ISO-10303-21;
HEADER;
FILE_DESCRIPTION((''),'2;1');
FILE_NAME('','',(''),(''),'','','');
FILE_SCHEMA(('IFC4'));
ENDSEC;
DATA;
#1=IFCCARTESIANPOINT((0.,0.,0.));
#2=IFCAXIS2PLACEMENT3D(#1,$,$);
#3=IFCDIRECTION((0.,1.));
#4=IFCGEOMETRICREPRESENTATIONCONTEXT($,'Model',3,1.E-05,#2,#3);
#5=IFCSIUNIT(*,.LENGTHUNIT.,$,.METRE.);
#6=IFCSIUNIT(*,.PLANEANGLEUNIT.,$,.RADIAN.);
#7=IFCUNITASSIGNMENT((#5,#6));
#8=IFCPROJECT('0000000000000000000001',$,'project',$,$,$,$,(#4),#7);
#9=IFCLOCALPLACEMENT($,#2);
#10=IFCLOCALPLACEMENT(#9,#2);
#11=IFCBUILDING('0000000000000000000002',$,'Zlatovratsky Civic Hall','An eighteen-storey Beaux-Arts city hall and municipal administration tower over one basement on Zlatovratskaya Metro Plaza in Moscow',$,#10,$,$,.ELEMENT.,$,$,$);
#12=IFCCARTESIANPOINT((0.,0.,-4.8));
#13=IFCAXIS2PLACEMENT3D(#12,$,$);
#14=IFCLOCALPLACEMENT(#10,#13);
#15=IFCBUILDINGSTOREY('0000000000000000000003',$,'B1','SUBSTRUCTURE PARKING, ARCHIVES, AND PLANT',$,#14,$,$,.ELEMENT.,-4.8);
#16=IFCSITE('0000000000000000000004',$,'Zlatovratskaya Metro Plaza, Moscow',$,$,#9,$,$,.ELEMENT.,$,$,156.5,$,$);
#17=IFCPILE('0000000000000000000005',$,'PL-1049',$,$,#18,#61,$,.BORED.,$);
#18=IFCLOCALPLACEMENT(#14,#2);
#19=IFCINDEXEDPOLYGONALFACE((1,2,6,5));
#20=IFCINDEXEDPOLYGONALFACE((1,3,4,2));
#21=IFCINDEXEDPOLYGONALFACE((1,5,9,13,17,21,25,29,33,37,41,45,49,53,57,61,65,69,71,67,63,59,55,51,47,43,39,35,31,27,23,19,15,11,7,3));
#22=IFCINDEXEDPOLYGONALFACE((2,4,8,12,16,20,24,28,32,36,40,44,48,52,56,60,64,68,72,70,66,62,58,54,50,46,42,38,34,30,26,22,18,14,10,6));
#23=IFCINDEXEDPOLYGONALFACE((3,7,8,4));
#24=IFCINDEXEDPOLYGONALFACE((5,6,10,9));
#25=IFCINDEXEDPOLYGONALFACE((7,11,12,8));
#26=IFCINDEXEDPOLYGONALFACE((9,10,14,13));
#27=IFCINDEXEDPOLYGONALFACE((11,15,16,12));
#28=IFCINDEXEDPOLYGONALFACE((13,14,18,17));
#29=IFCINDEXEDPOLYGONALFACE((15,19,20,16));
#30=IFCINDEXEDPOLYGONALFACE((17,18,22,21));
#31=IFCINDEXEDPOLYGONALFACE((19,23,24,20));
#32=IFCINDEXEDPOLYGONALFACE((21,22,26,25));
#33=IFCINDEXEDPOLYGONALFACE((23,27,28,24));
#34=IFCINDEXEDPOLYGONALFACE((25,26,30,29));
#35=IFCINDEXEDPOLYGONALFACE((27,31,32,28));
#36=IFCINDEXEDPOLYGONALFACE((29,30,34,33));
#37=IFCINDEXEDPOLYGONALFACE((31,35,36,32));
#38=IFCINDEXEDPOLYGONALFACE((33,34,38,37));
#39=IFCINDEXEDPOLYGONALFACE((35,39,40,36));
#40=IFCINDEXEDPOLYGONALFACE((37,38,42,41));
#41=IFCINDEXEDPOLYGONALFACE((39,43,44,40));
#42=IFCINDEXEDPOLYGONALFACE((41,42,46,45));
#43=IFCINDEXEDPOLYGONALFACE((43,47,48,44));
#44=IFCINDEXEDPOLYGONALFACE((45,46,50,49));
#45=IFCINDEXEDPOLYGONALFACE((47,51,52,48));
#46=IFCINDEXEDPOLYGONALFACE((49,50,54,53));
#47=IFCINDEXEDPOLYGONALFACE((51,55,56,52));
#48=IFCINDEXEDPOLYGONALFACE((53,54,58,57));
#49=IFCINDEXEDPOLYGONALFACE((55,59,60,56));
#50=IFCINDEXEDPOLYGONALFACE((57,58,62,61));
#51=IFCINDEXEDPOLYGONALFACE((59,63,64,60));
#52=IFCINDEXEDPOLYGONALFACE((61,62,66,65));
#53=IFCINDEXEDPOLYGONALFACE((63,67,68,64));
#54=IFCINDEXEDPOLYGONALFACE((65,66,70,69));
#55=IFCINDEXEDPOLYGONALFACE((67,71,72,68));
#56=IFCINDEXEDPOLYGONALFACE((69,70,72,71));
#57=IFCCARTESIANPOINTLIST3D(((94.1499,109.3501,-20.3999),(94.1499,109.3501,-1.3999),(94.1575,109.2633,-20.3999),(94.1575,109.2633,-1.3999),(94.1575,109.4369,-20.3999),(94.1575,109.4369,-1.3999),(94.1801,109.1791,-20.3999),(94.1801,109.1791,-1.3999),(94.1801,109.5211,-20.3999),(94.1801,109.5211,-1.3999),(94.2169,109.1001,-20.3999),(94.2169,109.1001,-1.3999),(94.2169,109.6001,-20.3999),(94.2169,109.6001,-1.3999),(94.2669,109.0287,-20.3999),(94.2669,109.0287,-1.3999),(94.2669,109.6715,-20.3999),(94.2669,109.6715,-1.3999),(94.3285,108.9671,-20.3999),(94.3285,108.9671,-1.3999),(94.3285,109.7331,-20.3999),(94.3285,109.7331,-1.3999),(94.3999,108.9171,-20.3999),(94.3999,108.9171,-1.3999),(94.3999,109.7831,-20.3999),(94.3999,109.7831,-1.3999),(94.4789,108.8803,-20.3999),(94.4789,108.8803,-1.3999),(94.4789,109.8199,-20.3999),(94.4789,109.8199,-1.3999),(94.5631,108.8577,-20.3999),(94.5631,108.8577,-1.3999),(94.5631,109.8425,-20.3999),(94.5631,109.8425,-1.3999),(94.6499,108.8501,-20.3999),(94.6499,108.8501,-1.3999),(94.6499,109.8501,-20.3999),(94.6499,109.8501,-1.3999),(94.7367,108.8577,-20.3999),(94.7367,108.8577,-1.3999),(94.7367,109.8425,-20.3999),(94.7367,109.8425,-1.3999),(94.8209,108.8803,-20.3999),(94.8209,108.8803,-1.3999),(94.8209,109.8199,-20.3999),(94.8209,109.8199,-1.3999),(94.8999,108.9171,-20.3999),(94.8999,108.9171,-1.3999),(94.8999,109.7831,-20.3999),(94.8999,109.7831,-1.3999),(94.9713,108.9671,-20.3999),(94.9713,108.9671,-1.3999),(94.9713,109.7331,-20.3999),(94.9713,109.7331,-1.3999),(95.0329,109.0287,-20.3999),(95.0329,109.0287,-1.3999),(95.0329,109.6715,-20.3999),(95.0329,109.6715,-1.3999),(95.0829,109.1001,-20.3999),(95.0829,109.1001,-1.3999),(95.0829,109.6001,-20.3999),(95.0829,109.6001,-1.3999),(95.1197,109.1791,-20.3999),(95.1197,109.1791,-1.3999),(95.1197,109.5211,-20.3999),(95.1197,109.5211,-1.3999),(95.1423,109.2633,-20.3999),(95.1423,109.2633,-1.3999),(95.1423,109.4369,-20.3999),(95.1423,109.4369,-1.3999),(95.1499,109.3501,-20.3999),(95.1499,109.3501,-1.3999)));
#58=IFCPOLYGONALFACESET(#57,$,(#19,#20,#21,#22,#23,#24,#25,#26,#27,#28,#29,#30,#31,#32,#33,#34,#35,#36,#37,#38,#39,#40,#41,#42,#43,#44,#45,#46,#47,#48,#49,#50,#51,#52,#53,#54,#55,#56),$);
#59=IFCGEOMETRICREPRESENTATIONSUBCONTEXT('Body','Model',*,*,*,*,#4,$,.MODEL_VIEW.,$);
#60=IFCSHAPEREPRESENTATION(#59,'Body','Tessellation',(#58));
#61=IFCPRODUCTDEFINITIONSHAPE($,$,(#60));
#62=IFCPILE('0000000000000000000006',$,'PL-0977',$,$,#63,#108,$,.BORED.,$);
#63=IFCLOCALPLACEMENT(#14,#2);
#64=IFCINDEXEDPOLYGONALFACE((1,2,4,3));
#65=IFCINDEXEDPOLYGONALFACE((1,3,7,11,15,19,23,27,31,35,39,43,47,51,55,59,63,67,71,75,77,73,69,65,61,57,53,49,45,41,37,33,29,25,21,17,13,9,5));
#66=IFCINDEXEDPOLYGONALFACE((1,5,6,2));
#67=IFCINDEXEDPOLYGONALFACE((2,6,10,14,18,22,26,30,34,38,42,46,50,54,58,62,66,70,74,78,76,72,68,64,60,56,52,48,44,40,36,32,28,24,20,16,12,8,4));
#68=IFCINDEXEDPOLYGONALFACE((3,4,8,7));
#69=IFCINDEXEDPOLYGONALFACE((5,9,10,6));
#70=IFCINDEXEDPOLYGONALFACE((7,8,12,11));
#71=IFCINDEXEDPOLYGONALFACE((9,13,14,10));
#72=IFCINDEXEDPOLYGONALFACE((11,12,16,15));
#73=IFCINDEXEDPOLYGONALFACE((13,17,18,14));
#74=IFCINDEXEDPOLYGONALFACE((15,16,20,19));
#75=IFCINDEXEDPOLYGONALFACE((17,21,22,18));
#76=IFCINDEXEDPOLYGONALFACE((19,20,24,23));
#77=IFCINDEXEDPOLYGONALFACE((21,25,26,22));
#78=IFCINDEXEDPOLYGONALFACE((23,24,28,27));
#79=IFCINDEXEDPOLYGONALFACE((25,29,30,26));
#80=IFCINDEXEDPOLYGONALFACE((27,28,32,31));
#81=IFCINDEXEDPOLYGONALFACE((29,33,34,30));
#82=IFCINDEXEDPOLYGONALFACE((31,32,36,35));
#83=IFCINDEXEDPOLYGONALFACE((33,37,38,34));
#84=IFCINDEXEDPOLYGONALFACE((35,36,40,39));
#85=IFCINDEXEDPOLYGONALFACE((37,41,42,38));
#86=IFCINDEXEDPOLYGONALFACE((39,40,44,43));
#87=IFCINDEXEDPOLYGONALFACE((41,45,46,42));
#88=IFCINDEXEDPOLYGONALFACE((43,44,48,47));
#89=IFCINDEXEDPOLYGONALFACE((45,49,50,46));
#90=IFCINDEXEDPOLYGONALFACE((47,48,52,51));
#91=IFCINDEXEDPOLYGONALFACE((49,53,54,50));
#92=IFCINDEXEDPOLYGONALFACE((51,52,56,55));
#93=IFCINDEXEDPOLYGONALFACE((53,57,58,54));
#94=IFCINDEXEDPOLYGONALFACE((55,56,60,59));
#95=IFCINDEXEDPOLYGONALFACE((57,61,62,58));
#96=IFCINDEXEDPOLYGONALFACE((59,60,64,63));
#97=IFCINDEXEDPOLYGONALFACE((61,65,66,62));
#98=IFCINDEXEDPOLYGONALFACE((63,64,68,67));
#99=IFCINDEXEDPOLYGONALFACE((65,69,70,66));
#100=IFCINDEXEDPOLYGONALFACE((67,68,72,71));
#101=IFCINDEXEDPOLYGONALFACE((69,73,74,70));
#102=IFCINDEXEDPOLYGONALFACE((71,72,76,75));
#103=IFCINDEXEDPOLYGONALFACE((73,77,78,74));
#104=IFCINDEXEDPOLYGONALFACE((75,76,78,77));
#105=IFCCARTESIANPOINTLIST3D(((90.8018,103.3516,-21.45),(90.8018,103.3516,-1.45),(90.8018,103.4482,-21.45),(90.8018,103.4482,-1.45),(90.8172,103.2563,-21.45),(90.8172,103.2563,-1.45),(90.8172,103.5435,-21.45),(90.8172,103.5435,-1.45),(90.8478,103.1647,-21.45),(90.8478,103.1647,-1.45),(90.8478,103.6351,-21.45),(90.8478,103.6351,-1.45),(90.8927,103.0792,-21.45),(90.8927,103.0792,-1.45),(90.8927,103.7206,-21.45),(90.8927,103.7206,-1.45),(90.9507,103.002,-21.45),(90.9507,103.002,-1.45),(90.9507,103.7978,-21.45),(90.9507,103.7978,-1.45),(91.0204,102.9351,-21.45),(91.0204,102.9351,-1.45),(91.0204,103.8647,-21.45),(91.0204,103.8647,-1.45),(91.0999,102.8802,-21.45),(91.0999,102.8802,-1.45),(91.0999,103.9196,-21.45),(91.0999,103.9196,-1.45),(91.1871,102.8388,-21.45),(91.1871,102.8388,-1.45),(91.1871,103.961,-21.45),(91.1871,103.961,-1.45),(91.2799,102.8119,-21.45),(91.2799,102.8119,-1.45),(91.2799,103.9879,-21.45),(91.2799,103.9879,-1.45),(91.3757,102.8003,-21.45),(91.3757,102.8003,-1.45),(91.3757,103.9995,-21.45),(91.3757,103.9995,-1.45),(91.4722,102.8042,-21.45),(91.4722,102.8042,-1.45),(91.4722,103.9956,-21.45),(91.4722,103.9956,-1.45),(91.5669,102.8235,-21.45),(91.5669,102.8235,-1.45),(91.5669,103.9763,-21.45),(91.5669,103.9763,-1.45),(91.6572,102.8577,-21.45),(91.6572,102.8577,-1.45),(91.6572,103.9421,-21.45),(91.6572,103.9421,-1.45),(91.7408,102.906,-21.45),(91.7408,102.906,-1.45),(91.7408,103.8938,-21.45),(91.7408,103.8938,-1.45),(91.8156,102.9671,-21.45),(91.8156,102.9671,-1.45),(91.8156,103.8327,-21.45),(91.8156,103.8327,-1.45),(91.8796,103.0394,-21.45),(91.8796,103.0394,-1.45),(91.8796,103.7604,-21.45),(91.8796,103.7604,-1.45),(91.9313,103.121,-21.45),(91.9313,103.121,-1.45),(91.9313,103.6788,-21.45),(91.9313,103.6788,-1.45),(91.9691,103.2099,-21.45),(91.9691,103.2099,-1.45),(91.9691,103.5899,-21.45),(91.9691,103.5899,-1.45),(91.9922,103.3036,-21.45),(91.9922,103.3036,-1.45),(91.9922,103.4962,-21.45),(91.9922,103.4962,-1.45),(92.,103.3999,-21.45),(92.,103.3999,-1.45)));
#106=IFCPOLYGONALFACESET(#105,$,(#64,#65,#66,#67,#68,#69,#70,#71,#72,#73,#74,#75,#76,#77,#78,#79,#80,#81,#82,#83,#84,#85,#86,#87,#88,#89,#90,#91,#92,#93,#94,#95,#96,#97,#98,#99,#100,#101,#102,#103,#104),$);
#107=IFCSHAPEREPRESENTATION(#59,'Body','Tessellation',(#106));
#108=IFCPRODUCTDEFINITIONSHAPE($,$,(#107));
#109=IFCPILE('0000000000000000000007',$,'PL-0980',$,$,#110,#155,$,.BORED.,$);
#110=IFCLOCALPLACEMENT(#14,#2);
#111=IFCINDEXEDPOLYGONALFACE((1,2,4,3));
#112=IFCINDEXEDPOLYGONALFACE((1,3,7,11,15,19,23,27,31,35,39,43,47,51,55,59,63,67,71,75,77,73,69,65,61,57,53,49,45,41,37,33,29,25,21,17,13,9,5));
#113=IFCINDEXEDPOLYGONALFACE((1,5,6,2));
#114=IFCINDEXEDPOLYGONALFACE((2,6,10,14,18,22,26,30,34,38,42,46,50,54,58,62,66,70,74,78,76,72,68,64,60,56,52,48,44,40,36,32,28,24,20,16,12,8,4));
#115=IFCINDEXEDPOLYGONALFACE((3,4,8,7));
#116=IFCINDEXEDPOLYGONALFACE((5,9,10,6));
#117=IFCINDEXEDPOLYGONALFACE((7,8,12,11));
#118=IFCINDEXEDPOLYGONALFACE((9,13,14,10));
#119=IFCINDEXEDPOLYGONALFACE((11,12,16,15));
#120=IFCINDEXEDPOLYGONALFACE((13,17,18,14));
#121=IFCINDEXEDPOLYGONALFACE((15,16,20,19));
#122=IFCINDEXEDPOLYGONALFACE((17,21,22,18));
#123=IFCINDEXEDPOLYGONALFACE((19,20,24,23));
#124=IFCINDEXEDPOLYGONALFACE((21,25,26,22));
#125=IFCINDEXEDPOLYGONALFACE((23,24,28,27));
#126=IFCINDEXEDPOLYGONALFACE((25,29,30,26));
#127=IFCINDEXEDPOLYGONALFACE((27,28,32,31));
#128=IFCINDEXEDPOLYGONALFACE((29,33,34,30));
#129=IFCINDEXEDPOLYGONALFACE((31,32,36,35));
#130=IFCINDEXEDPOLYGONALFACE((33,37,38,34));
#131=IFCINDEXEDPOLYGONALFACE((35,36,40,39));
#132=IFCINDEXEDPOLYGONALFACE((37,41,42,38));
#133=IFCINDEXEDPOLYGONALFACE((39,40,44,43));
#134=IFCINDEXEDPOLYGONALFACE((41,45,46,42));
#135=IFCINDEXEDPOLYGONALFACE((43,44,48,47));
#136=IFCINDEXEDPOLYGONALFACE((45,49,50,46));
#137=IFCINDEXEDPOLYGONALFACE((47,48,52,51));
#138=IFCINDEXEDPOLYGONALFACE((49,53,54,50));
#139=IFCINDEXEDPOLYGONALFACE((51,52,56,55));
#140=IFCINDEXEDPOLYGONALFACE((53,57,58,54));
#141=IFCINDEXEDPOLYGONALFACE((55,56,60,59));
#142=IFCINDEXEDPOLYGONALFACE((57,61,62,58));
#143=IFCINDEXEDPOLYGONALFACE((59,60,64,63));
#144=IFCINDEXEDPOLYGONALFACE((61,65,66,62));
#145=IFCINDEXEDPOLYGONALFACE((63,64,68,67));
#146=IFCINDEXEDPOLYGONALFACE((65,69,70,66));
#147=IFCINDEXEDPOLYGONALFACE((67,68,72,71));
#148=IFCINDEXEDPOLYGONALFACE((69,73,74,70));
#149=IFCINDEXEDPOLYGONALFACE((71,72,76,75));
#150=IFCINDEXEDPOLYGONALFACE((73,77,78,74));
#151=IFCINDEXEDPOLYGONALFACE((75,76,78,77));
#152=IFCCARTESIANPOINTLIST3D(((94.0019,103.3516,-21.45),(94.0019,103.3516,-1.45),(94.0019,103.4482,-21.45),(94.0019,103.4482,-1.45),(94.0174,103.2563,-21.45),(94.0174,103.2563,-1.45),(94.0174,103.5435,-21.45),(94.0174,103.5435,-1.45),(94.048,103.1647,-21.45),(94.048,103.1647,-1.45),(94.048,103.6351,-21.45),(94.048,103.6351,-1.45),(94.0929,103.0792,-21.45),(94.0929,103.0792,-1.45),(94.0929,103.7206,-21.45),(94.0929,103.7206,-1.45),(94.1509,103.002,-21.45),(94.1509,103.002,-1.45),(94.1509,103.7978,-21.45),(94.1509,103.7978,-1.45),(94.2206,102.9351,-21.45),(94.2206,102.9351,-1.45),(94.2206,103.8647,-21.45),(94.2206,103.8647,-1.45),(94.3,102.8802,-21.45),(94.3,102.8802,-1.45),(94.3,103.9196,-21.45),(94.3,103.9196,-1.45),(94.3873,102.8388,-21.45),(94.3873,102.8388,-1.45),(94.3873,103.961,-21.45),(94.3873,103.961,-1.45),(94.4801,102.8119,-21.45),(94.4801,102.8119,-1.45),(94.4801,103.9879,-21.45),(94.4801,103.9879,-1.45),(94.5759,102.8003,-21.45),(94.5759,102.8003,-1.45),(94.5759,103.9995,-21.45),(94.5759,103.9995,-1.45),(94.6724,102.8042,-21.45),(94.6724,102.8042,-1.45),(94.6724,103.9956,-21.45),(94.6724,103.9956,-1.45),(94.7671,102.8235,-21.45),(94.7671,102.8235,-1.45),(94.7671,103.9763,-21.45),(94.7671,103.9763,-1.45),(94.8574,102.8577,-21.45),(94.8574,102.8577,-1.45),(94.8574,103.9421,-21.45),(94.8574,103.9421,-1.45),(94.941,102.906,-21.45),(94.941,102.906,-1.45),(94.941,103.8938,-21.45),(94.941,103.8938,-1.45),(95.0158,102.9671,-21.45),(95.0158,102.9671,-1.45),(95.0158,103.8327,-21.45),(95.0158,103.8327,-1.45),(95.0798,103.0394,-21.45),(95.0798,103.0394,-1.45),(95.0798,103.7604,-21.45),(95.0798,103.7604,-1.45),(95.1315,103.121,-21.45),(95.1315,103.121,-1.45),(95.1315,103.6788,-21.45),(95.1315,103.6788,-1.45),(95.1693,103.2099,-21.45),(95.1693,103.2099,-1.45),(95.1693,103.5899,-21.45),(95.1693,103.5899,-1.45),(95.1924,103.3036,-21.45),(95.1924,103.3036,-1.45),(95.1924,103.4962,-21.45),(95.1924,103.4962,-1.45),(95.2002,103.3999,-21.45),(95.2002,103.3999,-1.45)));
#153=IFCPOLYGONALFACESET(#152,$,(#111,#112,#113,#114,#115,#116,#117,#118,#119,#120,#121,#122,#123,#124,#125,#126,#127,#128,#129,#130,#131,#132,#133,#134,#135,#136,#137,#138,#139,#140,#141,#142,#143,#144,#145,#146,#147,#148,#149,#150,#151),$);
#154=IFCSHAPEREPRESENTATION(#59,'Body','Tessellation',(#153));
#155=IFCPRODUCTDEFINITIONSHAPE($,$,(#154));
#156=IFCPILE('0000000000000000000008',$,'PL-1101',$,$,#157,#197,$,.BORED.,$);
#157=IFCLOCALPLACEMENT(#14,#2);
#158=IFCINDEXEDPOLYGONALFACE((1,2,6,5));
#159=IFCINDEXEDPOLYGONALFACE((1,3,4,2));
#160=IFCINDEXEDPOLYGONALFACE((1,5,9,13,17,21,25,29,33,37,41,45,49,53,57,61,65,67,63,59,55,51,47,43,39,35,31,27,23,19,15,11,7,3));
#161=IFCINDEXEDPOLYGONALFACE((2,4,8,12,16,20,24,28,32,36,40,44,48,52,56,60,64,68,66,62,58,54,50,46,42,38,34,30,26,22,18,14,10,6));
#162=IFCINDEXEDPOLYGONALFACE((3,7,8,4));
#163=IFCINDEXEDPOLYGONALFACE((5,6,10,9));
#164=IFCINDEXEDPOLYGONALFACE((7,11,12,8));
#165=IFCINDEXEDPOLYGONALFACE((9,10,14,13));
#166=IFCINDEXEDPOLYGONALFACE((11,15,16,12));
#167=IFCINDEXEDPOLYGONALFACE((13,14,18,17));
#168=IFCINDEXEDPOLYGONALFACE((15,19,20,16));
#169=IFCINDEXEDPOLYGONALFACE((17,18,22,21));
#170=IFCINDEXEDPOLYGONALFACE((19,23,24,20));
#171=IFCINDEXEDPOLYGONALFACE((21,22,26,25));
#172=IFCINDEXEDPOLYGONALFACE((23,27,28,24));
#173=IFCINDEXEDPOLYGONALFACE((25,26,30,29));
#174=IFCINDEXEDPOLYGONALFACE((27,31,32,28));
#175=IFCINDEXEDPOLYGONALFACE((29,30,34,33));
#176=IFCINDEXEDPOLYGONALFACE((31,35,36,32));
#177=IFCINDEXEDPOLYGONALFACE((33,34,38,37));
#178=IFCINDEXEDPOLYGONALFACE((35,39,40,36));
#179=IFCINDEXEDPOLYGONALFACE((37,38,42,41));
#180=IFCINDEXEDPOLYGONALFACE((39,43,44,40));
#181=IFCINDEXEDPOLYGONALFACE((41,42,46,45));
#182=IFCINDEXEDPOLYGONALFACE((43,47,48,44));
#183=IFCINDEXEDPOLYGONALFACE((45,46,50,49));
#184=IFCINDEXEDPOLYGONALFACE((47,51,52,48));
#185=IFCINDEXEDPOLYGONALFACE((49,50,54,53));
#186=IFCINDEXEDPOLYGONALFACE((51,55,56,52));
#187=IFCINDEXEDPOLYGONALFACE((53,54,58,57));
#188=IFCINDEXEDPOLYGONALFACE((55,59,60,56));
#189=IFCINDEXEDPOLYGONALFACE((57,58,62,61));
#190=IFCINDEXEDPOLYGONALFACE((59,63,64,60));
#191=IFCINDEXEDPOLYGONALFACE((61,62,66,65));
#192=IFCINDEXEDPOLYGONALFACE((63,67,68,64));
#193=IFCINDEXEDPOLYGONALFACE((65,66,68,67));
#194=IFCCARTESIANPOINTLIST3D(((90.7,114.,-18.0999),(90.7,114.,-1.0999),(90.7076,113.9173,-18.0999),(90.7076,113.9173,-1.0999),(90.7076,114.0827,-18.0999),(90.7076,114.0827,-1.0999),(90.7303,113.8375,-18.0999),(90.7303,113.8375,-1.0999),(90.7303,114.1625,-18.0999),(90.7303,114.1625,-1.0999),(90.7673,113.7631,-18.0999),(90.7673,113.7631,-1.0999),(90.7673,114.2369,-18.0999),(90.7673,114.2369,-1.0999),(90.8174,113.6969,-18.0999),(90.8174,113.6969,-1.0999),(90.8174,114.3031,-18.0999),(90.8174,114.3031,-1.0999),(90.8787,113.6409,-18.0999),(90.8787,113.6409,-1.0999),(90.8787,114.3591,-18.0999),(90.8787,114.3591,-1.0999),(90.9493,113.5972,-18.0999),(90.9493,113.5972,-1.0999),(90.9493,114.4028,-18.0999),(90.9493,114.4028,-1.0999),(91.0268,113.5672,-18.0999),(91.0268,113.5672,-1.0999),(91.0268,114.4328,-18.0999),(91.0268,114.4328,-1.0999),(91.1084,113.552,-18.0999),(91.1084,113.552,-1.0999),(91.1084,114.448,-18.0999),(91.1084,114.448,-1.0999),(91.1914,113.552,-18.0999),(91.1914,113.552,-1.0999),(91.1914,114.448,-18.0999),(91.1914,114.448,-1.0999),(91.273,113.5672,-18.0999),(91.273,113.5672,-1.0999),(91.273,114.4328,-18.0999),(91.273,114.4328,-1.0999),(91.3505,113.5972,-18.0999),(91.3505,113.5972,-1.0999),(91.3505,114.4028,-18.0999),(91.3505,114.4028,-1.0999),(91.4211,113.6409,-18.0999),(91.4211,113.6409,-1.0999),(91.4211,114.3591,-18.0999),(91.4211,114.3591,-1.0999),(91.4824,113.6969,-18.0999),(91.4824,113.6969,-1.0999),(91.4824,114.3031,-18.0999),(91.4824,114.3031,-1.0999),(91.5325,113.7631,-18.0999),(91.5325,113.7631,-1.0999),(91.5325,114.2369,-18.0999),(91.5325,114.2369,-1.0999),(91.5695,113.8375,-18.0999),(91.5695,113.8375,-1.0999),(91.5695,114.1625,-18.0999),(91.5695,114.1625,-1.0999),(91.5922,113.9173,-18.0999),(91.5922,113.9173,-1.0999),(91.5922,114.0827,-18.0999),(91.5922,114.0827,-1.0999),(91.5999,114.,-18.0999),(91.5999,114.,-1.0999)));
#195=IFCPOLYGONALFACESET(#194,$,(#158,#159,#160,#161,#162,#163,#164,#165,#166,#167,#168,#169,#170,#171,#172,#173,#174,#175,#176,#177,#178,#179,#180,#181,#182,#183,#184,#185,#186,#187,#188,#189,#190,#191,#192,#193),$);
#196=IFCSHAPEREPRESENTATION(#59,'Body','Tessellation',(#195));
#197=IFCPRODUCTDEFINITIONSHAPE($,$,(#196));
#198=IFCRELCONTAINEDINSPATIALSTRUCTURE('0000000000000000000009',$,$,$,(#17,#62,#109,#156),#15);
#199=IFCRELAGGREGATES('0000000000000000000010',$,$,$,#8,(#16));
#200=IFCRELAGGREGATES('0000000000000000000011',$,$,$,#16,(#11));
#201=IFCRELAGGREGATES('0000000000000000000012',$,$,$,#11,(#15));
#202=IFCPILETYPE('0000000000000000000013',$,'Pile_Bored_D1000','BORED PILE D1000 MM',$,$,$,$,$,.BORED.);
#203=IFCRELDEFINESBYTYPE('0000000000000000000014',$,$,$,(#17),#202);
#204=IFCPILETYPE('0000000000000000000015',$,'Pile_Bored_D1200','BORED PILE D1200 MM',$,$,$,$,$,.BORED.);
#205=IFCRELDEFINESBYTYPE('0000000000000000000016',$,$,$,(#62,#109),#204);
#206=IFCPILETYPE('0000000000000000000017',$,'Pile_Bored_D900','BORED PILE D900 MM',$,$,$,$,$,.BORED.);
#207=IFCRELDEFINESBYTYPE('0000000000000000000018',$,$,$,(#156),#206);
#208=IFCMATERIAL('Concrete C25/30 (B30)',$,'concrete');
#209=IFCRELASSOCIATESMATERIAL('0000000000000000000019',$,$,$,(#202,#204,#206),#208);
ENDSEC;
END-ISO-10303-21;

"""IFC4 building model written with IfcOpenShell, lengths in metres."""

from ifc_helpers import new_model, si_unit, direction, frame, origin, origin_2d, place, context, subcontext, project, spatial, circle, extrude, material, material_profile, profile_set, type_object, element, save


model = new_model("IFC4")

# Units and contexts
model_context = context("Model", 3, precision=1e-05, world=origin(), true_north=direction((0.0, 1.0)))
body_context = subcontext(model_context, "Body", "Model", "MODEL_VIEW")
ifc_project = project(units=[si_unit("LENGTHUNIT", "METRE"), si_unit("PLANEANGLEUNIT", "RADIAN")], contexts=[model_context])

# Site, building, storey
site_placement = place(None, origin())
site = spatial("IfcSite", under=ifc_project, at=site_placement, Name="Zlatovratskaya Metro Plaza, Moscow", CompositionType="ELEMENT", RefElevation=156.5)
building_placement = place(site_placement, origin())
building = spatial("IfcBuilding", under=site, at=building_placement, Name="Zlatovratsky Civic Hall", Description="An eighteen-storey Beaux-Arts city hall and municipal administration tower over one basement on Zlatovratskaya Metro Plaza in Moscow", CompositionType="ELEMENT")
storey_placement = place(building_placement, frame((0.0, 0.0, -4.8)))
storey = spatial("IfcBuildingStorey", under=building, at=storey_placement, Name="B1", Description="SUBSTRUCTURE PARKING, ARCHIVES, AND PLANT", CompositionType="ELEMENT", Elevation=-4.8)

# Shared definitions
ifc_material_1 = material(Name="Concrete C25/30 (B30)", Category="concrete")

# Piles
ifc_material_profile_1 = material_profile(ifc_material_1, circle(Radius=0.5, at=origin_2d()), Name="PILE D1000")
ifc_profile_set_1 = profile_set([ifc_material_profile_1], Name="Concrete C25/30 (B30)")
pile_type_1 = type_object("IfcPileType", Name="Pile_Bored_D1000", Description="BORED PILE D1000 MM", PredefinedType="BORED", material=ifc_profile_set_1)
for number, where, z_axis, x_axis, name in (
    (1, (94.6499, 109.3501, -1.3999), (0.0, 0.0, -1.0), (1.0, 0.0, 0.0), "PL-1049"),
):
    element("IfcPile", number, at=place(storey_placement, frame(where, z_axis=z_axis, x_axis=x_axis)), inside=storey, type_object=pile_type_1, Name=name, PredefinedType="BORED", context=body_context, shape_type="SweptSolid", body=[
        extrude(circle(Radius=0.5, at=origin_2d()), origin(), (0.0, 0.0, 1.0), 19.0),
    ])
ifc_material_profile_2 = material_profile(ifc_material_1, circle(Radius=0.6001, at=origin_2d()), Name="PILE D1200")
ifc_profile_set_2 = profile_set([ifc_material_profile_2], Name="Concrete C25/30 (B30)")
pile_type_2 = type_object("IfcPileType", Name="Pile_Bored_D1200", Description="BORED PILE D1200 MM", PredefinedType="BORED", material=ifc_profile_set_2)
for number, where, z_axis, x_axis, name in (
    (2, (91.3999, 103.3999, -1.45), (0.0, 0.0, -1.0), (1.0, 0.0, 0.0), "PL-0977"),
    (3, (94.6001, 103.3999, -1.45), (0.0, 0.0, -1.0), (1.0, 0.0, 0.0), "PL-0980"),
):
    element("IfcPile", number, at=place(storey_placement, frame(where, z_axis=z_axis, x_axis=x_axis)), inside=storey, type_object=pile_type_2, Name=name, PredefinedType="BORED", context=body_context, shape_type="SweptSolid", body=[
        extrude(circle(Radius=0.6001, at=origin_2d()), origin(), (0.0, 0.0, 1.0), 20.0),
    ])
ifc_material_profile_3 = material_profile(ifc_material_1, circle(Radius=0.45, at=origin_2d()), Name="PILE D900")
ifc_profile_set_3 = profile_set([ifc_material_profile_3], Name="Concrete C25/30 (B30)")
pile_type_3 = type_object("IfcPileType", Name="Pile_Bored_D900", Description="BORED PILE D900 MM", PredefinedType="BORED", material=ifc_profile_set_3)
for number, where, z_axis, x_axis, name in (
    (4, (91.1499, 114.0, -1.0999), (0.0, 0.0, -1.0), (1.0, 0.0, 0.0), "PL-1101"),
):
    element("IfcPile", number, at=place(storey_placement, frame(where, z_axis=z_axis, x_axis=x_axis)), inside=storey, type_object=pile_type_3, Name=name, PredefinedType="BORED", context=body_context, shape_type="SweptSolid", body=[
        extrude(circle(Radius=0.45, at=origin_2d()), origin(), (0.0, 0.0, 1.0), 17.0),
    ])

save(model, "model.ifc")
